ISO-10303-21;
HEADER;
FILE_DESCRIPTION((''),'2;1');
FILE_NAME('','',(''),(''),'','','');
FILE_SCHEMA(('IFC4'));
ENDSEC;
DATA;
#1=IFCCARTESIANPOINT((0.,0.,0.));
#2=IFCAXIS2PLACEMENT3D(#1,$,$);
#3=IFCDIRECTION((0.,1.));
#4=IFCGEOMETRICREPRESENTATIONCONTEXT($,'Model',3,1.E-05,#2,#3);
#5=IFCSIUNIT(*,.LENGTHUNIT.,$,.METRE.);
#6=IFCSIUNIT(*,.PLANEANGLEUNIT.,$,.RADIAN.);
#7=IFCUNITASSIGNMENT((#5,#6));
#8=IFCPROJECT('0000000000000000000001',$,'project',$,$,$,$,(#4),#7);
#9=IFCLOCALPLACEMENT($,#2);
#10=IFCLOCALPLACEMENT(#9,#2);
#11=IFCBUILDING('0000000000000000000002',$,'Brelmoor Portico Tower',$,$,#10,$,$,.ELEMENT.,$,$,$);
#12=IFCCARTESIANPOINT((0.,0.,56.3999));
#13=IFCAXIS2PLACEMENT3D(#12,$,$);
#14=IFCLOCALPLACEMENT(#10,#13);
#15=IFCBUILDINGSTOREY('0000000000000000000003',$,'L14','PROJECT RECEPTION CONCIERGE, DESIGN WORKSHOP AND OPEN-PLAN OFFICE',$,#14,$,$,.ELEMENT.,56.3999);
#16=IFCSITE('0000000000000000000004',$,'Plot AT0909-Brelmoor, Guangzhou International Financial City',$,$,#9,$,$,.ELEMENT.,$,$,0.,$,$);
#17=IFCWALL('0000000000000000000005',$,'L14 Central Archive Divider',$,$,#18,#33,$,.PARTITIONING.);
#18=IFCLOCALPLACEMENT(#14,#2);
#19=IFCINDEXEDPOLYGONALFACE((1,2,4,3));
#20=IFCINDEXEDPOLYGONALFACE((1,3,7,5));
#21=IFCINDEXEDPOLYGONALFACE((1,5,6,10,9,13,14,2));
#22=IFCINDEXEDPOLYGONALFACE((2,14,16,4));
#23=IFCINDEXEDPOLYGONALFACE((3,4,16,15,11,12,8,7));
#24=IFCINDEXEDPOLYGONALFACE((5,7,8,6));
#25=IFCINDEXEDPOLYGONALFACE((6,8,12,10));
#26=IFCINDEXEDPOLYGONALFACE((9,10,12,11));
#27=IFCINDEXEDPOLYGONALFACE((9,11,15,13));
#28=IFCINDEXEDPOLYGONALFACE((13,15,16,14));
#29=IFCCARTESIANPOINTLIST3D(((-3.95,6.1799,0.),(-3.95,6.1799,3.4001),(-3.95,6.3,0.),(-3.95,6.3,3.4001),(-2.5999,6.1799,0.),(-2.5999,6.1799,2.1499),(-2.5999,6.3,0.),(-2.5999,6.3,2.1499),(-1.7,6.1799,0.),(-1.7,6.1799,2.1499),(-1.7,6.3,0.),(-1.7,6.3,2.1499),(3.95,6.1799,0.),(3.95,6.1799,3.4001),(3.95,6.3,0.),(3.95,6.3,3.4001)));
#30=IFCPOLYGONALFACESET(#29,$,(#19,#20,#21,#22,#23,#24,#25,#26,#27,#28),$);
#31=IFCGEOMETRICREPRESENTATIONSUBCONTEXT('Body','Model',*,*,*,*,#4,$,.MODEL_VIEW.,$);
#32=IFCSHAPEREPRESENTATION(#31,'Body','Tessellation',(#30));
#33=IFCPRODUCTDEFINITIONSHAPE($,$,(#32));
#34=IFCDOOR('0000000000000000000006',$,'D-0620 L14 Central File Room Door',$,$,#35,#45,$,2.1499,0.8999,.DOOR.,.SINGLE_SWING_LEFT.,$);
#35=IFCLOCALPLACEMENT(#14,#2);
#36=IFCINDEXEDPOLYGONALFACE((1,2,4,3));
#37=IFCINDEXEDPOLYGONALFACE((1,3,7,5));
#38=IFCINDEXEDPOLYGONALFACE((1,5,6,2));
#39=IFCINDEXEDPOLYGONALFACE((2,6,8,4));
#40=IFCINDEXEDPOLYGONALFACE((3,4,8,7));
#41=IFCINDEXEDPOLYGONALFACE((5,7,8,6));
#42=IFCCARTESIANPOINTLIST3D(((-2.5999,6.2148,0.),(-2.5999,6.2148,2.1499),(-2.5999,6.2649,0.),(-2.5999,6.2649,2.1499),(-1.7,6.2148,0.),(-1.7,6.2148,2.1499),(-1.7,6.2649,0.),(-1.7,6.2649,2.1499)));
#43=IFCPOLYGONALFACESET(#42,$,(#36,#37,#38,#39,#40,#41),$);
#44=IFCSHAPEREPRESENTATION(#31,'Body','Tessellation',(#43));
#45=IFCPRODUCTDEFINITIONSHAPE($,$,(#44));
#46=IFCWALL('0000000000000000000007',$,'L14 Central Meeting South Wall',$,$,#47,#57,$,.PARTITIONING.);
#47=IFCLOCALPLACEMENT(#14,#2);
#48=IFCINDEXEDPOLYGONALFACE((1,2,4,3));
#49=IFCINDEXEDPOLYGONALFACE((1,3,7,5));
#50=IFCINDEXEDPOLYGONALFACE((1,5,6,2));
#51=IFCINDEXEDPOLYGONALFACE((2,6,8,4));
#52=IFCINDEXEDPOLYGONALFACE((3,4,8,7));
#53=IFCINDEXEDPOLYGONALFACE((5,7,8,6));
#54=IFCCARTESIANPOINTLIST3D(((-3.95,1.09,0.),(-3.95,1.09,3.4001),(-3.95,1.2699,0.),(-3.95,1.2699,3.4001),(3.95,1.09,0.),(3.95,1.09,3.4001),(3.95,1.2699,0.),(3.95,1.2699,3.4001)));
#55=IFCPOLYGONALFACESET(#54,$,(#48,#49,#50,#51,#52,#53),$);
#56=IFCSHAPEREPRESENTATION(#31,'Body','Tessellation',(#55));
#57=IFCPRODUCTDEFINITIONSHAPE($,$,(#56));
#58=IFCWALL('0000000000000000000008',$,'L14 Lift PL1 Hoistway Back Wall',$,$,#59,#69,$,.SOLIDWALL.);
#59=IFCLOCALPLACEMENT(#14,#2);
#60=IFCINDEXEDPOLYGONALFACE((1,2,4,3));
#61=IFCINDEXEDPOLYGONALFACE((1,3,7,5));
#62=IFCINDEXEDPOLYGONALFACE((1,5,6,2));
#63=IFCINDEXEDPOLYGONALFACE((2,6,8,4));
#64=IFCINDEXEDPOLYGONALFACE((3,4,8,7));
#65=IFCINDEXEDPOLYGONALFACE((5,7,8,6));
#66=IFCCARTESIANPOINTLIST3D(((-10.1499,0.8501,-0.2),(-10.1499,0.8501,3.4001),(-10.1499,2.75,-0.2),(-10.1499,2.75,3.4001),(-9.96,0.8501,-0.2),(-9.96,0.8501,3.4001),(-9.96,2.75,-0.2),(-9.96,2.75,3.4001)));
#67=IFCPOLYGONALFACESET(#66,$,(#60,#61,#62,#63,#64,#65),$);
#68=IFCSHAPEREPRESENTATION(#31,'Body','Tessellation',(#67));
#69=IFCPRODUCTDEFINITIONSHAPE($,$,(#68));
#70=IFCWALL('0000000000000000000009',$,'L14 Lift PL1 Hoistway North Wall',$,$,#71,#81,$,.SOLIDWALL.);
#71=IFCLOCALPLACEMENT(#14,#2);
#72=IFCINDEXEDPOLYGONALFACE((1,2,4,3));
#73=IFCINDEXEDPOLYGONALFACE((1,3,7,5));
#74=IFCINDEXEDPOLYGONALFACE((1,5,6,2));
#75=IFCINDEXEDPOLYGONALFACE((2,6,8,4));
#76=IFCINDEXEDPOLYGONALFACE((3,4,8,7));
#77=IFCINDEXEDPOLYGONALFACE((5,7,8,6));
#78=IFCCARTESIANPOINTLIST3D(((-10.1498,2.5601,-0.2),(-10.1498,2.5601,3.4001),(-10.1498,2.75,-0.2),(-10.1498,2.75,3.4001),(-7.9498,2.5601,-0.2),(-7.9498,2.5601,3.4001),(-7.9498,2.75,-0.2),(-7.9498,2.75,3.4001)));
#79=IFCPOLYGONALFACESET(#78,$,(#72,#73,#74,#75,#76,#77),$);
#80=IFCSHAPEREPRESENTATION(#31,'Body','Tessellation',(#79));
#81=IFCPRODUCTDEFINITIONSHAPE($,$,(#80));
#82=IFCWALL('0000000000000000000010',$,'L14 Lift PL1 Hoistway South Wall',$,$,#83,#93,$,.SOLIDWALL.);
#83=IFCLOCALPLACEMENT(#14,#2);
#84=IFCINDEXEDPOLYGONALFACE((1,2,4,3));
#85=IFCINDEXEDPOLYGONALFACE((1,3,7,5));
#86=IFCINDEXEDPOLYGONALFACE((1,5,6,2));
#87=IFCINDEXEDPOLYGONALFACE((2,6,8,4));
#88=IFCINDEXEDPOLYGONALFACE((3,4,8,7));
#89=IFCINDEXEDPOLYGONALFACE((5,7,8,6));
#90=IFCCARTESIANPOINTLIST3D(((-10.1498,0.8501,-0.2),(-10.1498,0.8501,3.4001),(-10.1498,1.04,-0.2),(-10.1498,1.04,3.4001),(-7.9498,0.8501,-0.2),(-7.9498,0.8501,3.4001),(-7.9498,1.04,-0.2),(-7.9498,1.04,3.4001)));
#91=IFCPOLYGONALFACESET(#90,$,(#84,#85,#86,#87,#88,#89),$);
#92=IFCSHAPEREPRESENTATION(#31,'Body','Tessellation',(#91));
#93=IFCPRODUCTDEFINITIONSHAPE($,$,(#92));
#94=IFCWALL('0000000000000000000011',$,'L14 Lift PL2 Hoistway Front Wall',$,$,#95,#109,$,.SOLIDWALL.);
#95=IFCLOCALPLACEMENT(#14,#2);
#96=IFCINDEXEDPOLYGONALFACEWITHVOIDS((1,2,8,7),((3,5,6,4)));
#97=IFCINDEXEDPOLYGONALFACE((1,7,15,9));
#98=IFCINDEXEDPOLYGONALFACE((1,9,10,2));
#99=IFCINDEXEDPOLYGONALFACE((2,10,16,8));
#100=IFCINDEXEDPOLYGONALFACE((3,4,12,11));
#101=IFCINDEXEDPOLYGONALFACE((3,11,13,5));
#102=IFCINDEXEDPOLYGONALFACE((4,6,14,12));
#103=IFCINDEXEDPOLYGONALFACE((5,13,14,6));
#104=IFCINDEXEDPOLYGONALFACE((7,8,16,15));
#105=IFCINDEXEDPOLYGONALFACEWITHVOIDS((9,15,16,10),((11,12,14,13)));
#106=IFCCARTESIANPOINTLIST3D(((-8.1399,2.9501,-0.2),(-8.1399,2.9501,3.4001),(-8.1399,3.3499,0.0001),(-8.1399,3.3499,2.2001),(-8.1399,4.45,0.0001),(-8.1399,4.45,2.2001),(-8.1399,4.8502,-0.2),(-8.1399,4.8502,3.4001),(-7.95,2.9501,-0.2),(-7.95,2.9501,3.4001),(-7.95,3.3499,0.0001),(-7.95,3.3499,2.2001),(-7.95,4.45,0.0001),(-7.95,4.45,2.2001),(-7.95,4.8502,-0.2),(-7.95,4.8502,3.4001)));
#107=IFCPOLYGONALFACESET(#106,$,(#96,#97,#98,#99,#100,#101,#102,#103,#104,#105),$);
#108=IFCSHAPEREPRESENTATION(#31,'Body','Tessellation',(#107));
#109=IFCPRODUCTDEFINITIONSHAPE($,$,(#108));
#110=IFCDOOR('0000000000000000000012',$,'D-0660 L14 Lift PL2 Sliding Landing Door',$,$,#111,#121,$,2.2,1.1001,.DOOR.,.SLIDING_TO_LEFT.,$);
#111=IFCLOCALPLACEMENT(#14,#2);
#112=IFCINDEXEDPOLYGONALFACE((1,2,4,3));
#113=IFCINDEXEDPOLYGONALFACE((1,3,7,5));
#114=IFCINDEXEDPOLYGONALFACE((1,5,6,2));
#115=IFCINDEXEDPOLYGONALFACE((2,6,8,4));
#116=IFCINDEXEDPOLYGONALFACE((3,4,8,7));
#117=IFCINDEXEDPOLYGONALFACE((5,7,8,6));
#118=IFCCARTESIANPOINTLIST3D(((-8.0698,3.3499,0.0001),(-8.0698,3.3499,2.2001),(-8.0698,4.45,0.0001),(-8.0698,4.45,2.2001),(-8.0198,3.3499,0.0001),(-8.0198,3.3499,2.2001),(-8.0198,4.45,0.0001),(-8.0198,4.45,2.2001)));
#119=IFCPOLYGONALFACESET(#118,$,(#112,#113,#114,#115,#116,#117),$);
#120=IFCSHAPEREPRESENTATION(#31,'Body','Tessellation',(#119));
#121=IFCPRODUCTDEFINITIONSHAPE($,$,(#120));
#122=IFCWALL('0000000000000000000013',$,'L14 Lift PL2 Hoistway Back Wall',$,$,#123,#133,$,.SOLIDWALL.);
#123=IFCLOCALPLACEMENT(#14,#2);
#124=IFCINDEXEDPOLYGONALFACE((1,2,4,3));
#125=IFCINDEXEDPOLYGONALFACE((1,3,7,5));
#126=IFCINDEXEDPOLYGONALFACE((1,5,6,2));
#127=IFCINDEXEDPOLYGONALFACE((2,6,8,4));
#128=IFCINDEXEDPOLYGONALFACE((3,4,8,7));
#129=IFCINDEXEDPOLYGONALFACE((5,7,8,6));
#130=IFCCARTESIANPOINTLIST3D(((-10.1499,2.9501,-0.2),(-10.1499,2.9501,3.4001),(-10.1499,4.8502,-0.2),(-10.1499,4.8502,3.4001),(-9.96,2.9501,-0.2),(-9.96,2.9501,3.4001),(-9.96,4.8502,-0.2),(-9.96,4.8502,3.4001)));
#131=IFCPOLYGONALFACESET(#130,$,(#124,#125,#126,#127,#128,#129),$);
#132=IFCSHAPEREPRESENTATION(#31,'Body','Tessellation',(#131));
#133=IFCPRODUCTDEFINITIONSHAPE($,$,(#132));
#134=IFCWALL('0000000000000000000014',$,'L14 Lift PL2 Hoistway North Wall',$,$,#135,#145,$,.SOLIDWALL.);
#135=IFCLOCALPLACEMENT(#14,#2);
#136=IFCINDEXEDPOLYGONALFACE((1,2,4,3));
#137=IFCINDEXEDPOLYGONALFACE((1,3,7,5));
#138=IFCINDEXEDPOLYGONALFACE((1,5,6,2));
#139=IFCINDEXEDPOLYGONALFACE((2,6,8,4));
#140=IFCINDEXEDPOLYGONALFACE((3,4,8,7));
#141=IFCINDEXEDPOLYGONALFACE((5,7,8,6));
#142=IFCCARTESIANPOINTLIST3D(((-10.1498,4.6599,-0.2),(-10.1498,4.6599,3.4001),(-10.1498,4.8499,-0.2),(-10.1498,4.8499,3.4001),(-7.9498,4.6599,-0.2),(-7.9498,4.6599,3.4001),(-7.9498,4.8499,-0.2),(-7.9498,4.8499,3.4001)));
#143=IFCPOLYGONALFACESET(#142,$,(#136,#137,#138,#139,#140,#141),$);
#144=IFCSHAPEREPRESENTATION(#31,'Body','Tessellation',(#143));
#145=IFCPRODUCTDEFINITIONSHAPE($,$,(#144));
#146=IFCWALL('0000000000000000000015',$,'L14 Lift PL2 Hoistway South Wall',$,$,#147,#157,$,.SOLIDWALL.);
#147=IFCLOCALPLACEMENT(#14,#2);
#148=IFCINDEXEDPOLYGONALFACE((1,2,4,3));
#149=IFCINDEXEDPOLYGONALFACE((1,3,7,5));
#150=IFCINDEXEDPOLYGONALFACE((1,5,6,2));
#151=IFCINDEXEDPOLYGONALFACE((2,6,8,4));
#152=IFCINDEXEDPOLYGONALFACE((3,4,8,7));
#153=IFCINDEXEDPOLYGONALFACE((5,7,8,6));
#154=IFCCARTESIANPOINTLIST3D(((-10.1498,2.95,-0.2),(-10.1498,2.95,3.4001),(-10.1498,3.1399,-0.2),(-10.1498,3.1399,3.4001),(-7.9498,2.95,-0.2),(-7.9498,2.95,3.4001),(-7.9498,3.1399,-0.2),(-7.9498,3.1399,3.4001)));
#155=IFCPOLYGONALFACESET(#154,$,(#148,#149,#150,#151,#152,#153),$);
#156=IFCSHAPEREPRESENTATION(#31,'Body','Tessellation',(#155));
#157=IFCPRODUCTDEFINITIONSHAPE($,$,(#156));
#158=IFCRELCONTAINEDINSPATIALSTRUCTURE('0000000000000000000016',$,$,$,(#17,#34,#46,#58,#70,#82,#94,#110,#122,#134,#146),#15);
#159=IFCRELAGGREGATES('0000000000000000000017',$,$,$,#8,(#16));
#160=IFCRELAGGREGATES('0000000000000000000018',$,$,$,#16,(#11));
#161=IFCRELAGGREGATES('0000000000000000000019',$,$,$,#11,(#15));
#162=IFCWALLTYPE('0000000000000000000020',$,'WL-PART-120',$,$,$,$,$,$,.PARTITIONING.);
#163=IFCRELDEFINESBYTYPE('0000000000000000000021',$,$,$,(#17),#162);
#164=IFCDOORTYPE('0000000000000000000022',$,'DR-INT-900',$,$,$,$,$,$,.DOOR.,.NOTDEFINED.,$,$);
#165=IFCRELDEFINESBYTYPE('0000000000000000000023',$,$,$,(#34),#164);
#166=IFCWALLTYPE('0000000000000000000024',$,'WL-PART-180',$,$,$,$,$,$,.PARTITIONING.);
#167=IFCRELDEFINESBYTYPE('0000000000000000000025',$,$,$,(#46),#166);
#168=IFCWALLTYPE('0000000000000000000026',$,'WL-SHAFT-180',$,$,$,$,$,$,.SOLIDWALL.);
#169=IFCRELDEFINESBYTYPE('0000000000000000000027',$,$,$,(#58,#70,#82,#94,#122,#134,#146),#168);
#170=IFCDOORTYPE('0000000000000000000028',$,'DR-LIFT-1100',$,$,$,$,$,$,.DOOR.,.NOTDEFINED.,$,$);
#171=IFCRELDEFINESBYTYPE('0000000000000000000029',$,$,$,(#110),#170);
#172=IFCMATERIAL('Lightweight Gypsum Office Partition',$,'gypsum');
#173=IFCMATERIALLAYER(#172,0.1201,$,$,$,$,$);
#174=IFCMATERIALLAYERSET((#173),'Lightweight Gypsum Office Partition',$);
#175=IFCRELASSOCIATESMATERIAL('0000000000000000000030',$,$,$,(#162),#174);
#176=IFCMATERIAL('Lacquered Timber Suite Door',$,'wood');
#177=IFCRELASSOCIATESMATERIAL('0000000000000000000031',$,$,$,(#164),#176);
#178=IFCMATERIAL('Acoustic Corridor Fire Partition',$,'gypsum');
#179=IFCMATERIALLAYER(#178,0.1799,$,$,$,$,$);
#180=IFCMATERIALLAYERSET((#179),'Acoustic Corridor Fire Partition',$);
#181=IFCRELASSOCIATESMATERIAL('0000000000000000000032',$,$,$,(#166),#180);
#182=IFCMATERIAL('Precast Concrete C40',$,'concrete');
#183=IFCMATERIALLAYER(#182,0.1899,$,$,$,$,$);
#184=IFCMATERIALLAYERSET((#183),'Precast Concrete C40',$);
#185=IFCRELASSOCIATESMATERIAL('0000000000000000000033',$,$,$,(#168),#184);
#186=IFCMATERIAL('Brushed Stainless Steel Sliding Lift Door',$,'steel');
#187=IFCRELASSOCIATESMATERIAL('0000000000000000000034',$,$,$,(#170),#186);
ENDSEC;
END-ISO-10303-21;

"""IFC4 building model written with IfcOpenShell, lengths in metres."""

from ifc_helpers import new_model, si_unit, direction, frame, frame_2d, origin, place, context, subcontext, project, spatial, rectangle, extrude, material, layer, layer_set, type_object, element, fill, save


model = new_model("IFC4")

# Units and contexts
model_context = context("Model", 3, precision=1e-05, world=origin(), true_north=direction((0.0, 1.0)))
body_context = subcontext(model_context, "Body", "Model", "MODEL_VIEW")
ifc_project = project(units=[si_unit("LENGTHUNIT", "METRE"), si_unit("PLANEANGLEUNIT", "RADIAN")], contexts=[model_context])

# Site, building, storey
site_placement = place(None, origin())
site = spatial("IfcSite", under=ifc_project, at=site_placement, Name="Plot AT0909-Brelmoor, Guangzhou International Financial City", CompositionType="ELEMENT", RefElevation=0.0)
building_placement = place(site_placement, origin())
building = spatial("IfcBuilding", under=site, at=building_placement, Name="Brelmoor Portico Tower", CompositionType="ELEMENT")
storey_placement = place(building_placement, frame((0.0, 0.0, 56.3999)))
storey = spatial("IfcBuildingStorey", under=building, at=storey_placement, Name="L14", Description="PROJECT RECEPTION CONCIERGE, DESIGN WORKSHOP AND OPEN-PLAN OFFICE", CompositionType="ELEMENT", Elevation=56.3999)

# Wall, opening, door
ifc_material_1 = material(Name="Lightweight Gypsum Office Partition", Category="gypsum")
ifc_layer_1 = layer(ifc_material_1, 0.1201)
ifc_layer_set_1 = layer_set([ifc_layer_1], Name="Lightweight Gypsum Office Partition")
wall_type_1 = type_object("IfcWallType", Name="WL-PART-120", PredefinedType="PARTITIONING", material=ifc_layer_set_1)
wall_1_placement = place(storey_placement, frame((-3.95, 6.24, 0.0), z_axis=(0.0, 0.0, 1.0), x_axis=(1.0, 0.0, 0.0)))
wall_1 = element("IfcWall", 1, at=wall_1_placement, inside=storey, type_object=wall_type_1, Name="L14 Central Archive Divider", PredefinedType="PARTITIONING", context=body_context, shape_type="SweptSolid", body=[
    extrude(rectangle(XDim=7.8999, YDim=0.1201, at=frame_2d((3.95, 0.0))), origin(), (0.0, 0.0, 1.0), 3.4001),
])
opening_1_placement = place(wall_1_placement, frame((1.3501, 0.0, 0.0)))
opening_1 = element("IfcOpeningElement", 2, at=opening_1_placement, cuts=wall_1, PredefinedType="OPENING", context=body_context, shape_type="SweptSolid", body=[
    extrude(rectangle(XDim=0.8999, YDim=2.1499, at=frame_2d((0.45, 1.075))), frame((0.0, 0.0701, 0.0), z_axis=(0.0, -1.0, 0.0), x_axis=(1.0, 0.0, 0.0)), (0.0, 0.0, 1.0), 0.1401),
])
ifc_material_2 = material(Name="Lacquered Timber Suite Door", Category="wood")
door_type_1 = type_object("IfcDoorType", Name="DR-INT-900", OperationType="NOTDEFINED", PredefinedType="DOOR", material=ifc_material_2)
door_1_placement = place(opening_1_placement, origin())
door_1 = element("IfcDoor", 3, at=door_1_placement, inside=storey, type_object=door_type_1, Name="D-0620 L14 Central File Room Door", OperationType="SINGLE_SWING_LEFT", OverallHeight=2.1499, OverallWidth=0.8999, PredefinedType="DOOR", context=body_context, shape_type="SweptSolid", body=[
    extrude(rectangle(XDim=0.8999, YDim=2.1499, at=frame_2d((0.45, 1.075))), frame((0.0, 0.0249, 0.0), z_axis=(0.0, -1.0, 0.0), x_axis=(1.0, 0.0, 0.0)), (0.0, 0.0, 1.0), 0.05),
])
fill(opening_1, door_1)

# Walls
ifc_material_3 = material(Name="Acoustic Corridor Fire Partition", Category="gypsum")
ifc_layer_2 = layer(ifc_material_3, 0.1799)
ifc_layer_set_2 = layer_set([ifc_layer_2], Name="Acoustic Corridor Fire Partition")
wall_type_2 = type_object("IfcWallType", Name="WL-PART-180", PredefinedType="PARTITIONING", material=ifc_layer_set_2)
wall_2_placement = place(storey_placement, frame((-3.95, 1.1799, 0.0), z_axis=(0.0, 0.0, 1.0), x_axis=(1.0, 0.0, 0.0)))
element("IfcWall", 4, at=wall_2_placement, inside=storey, type_object=wall_type_2, Name="L14 Central Meeting South Wall", PredefinedType="PARTITIONING", context=body_context, shape_type="SweptSolid", body=[
    extrude(rectangle(XDim=7.8999, YDim=0.1799, at=frame_2d((3.95, 0.0))), origin(), (0.0, 0.0, 1.0), 3.4001),
])
ifc_material_4 = material(Name="Precast Concrete C40", Category="concrete")
ifc_layer_3 = layer(ifc_material_4, 0.1899)
ifc_layer_set_3 = layer_set([ifc_layer_3], Name="Precast Concrete C40")
wall_type_3 = type_object("IfcWallType", Name="WL-SHAFT-180", PredefinedType="SOLIDWALL", material=ifc_layer_set_3)
wall_3_placement = place(storey_placement, frame((-10.0549, 0.8501, -0.2), z_axis=(0.0, 0.0, 1.0), x_axis=(0.0, 1.0, 0.0)))
element("IfcWall", 5, at=wall_3_placement, inside=storey, type_object=wall_type_3, Name="L14 Lift PL1 Hoistway Back Wall", PredefinedType="SOLIDWALL", context=body_context, shape_type="SweptSolid", body=[
    extrude(rectangle(XDim=1.8999, YDim=0.1899, at=frame_2d((0.95, 0.0))), origin(), (0.0, 0.0, 1.0), 3.6001),
])
for number, where, z_axis, x_axis, name in (
    (6, (-10.1499, 2.655, -0.2), (0.0, 0.0, 1.0), (1.0, 0.0, 0.0), "L14 Lift PL1 Hoistway North Wall"),
    (7, (-10.1499, 0.9451, -0.2), (0.0, 0.0, 1.0), (1.0, 0.0, 0.0), "L14 Lift PL1 Hoistway South Wall"),
):
    element("IfcWall", number, at=place(storey_placement, frame(where, z_axis=z_axis, x_axis=x_axis)), inside=storey, type_object=wall_type_3, Name=name, PredefinedType="SOLIDWALL", context=body_context, shape_type="SweptSolid", body=[
        extrude(rectangle(XDim=2.2, YDim=0.1899, at=frame_2d((1.1001, 0.0))), origin(), (0.0, 0.0, 1.0), 3.6001),
    ])

# Wall, opening, door
wall_4_placement = place(storey_placement, frame((-8.0449, 2.95, -0.2), z_axis=(0.0, 0.0, 1.0), x_axis=(0.0, 1.0, 0.0)))
wall_4 = element("IfcWall", 8, at=wall_4_placement, inside=storey, type_object=wall_type_3, Name="L14 Lift PL2 Hoistway Front Wall", PredefinedType="SOLIDWALL", context=body_context, shape_type="SweptSolid", body=[
    extrude(rectangle(XDim=1.9001, YDim=0.1899, at=frame_2d((0.9502, 0.0))), origin(), (0.0, 0.0, 1.0), 3.6001),
])
opening_2_placement = place(wall_4_placement, frame((0.3999, 0.0, 0.2)))
opening_2 = element("IfcOpeningElement", 9, at=opening_2_placement, cuts=wall_4, PredefinedType="OPENING", context=body_context, shape_type="SweptSolid", body=[
    extrude(rectangle(XDim=1.1001, YDim=2.2, at=frame_2d((0.55, 1.1001))), frame((0.0, 0.105, 0.0), z_axis=(0.0, -1.0, 0.0), x_axis=(1.0, 0.0, 0.0)), (0.0, 0.0, 1.0), 0.21),
])
ifc_material_5 = material(Name="Brushed Stainless Steel Sliding Lift Door", Category="steel")
door_type_2 = type_object("IfcDoorType", Name="DR-LIFT-1100", OperationType="NOTDEFINED", PredefinedType="DOOR", material=ifc_material_5)
door_2_placement = place(opening_2_placement, origin())
door_2 = element("IfcDoor", 10, at=door_2_placement, inside=storey, type_object=door_type_2, Name="D-0660 L14 Lift PL2 Sliding Landing Door", OperationType="SLIDING_TO_LEFT", OverallHeight=2.2, OverallWidth=1.1001, PredefinedType="DOOR", context=body_context, shape_type="SweptSolid", body=[
    extrude(rectangle(XDim=1.1001, YDim=2.2, at=frame_2d((0.55, 1.1001))), frame((0.0, 0.0249, 0.0), z_axis=(0.0, -1.0, 0.0), x_axis=(1.0, 0.0, 0.0)), (0.0, 0.0, 1.0), 0.05),
])
fill(opening_2, door_2)

# Walls
wall_5_placement = place(storey_placement, frame((-10.0549, 2.95, -0.2), z_axis=(0.0, 0.0, 1.0), x_axis=(0.0, 1.0, 0.0)))
element("IfcWall", 11, at=wall_5_placement, inside=storey, type_object=wall_type_3, Name="L14 Lift PL2 Hoistway Back Wall", PredefinedType="SOLIDWALL", context=body_context, shape_type="SweptSolid", body=[
    extrude(rectangle(XDim=1.9001, YDim=0.1899, at=frame_2d((0.9502, 0.0))), origin(), (0.0, 0.0, 1.0), 3.6001),
])
for number, where, z_axis, x_axis, name in (
    (12, (-10.1499, 4.7549, -0.2), (0.0, 0.0, 1.0), (1.0, 0.0, 0.0), "L14 Lift PL2 Hoistway North Wall"),
    (13, (-10.1499, 3.0449, -0.2), (0.0, 0.0, 1.0), (1.0, 0.0, 0.0), "L14 Lift PL2 Hoistway South Wall"),
):
    element("IfcWall", number, at=place(storey_placement, frame(where, z_axis=z_axis, x_axis=x_axis)), inside=storey, type_object=wall_type_3, Name=name, PredefinedType="SOLIDWALL", context=body_context, shape_type="SweptSolid", body=[
        extrude(rectangle(XDim=2.2, YDim=0.1899, at=frame_2d((1.1001, 0.0))), origin(), (0.0, 0.0, 1.0), 3.6001),
    ])

save(model, "model.ifc")
